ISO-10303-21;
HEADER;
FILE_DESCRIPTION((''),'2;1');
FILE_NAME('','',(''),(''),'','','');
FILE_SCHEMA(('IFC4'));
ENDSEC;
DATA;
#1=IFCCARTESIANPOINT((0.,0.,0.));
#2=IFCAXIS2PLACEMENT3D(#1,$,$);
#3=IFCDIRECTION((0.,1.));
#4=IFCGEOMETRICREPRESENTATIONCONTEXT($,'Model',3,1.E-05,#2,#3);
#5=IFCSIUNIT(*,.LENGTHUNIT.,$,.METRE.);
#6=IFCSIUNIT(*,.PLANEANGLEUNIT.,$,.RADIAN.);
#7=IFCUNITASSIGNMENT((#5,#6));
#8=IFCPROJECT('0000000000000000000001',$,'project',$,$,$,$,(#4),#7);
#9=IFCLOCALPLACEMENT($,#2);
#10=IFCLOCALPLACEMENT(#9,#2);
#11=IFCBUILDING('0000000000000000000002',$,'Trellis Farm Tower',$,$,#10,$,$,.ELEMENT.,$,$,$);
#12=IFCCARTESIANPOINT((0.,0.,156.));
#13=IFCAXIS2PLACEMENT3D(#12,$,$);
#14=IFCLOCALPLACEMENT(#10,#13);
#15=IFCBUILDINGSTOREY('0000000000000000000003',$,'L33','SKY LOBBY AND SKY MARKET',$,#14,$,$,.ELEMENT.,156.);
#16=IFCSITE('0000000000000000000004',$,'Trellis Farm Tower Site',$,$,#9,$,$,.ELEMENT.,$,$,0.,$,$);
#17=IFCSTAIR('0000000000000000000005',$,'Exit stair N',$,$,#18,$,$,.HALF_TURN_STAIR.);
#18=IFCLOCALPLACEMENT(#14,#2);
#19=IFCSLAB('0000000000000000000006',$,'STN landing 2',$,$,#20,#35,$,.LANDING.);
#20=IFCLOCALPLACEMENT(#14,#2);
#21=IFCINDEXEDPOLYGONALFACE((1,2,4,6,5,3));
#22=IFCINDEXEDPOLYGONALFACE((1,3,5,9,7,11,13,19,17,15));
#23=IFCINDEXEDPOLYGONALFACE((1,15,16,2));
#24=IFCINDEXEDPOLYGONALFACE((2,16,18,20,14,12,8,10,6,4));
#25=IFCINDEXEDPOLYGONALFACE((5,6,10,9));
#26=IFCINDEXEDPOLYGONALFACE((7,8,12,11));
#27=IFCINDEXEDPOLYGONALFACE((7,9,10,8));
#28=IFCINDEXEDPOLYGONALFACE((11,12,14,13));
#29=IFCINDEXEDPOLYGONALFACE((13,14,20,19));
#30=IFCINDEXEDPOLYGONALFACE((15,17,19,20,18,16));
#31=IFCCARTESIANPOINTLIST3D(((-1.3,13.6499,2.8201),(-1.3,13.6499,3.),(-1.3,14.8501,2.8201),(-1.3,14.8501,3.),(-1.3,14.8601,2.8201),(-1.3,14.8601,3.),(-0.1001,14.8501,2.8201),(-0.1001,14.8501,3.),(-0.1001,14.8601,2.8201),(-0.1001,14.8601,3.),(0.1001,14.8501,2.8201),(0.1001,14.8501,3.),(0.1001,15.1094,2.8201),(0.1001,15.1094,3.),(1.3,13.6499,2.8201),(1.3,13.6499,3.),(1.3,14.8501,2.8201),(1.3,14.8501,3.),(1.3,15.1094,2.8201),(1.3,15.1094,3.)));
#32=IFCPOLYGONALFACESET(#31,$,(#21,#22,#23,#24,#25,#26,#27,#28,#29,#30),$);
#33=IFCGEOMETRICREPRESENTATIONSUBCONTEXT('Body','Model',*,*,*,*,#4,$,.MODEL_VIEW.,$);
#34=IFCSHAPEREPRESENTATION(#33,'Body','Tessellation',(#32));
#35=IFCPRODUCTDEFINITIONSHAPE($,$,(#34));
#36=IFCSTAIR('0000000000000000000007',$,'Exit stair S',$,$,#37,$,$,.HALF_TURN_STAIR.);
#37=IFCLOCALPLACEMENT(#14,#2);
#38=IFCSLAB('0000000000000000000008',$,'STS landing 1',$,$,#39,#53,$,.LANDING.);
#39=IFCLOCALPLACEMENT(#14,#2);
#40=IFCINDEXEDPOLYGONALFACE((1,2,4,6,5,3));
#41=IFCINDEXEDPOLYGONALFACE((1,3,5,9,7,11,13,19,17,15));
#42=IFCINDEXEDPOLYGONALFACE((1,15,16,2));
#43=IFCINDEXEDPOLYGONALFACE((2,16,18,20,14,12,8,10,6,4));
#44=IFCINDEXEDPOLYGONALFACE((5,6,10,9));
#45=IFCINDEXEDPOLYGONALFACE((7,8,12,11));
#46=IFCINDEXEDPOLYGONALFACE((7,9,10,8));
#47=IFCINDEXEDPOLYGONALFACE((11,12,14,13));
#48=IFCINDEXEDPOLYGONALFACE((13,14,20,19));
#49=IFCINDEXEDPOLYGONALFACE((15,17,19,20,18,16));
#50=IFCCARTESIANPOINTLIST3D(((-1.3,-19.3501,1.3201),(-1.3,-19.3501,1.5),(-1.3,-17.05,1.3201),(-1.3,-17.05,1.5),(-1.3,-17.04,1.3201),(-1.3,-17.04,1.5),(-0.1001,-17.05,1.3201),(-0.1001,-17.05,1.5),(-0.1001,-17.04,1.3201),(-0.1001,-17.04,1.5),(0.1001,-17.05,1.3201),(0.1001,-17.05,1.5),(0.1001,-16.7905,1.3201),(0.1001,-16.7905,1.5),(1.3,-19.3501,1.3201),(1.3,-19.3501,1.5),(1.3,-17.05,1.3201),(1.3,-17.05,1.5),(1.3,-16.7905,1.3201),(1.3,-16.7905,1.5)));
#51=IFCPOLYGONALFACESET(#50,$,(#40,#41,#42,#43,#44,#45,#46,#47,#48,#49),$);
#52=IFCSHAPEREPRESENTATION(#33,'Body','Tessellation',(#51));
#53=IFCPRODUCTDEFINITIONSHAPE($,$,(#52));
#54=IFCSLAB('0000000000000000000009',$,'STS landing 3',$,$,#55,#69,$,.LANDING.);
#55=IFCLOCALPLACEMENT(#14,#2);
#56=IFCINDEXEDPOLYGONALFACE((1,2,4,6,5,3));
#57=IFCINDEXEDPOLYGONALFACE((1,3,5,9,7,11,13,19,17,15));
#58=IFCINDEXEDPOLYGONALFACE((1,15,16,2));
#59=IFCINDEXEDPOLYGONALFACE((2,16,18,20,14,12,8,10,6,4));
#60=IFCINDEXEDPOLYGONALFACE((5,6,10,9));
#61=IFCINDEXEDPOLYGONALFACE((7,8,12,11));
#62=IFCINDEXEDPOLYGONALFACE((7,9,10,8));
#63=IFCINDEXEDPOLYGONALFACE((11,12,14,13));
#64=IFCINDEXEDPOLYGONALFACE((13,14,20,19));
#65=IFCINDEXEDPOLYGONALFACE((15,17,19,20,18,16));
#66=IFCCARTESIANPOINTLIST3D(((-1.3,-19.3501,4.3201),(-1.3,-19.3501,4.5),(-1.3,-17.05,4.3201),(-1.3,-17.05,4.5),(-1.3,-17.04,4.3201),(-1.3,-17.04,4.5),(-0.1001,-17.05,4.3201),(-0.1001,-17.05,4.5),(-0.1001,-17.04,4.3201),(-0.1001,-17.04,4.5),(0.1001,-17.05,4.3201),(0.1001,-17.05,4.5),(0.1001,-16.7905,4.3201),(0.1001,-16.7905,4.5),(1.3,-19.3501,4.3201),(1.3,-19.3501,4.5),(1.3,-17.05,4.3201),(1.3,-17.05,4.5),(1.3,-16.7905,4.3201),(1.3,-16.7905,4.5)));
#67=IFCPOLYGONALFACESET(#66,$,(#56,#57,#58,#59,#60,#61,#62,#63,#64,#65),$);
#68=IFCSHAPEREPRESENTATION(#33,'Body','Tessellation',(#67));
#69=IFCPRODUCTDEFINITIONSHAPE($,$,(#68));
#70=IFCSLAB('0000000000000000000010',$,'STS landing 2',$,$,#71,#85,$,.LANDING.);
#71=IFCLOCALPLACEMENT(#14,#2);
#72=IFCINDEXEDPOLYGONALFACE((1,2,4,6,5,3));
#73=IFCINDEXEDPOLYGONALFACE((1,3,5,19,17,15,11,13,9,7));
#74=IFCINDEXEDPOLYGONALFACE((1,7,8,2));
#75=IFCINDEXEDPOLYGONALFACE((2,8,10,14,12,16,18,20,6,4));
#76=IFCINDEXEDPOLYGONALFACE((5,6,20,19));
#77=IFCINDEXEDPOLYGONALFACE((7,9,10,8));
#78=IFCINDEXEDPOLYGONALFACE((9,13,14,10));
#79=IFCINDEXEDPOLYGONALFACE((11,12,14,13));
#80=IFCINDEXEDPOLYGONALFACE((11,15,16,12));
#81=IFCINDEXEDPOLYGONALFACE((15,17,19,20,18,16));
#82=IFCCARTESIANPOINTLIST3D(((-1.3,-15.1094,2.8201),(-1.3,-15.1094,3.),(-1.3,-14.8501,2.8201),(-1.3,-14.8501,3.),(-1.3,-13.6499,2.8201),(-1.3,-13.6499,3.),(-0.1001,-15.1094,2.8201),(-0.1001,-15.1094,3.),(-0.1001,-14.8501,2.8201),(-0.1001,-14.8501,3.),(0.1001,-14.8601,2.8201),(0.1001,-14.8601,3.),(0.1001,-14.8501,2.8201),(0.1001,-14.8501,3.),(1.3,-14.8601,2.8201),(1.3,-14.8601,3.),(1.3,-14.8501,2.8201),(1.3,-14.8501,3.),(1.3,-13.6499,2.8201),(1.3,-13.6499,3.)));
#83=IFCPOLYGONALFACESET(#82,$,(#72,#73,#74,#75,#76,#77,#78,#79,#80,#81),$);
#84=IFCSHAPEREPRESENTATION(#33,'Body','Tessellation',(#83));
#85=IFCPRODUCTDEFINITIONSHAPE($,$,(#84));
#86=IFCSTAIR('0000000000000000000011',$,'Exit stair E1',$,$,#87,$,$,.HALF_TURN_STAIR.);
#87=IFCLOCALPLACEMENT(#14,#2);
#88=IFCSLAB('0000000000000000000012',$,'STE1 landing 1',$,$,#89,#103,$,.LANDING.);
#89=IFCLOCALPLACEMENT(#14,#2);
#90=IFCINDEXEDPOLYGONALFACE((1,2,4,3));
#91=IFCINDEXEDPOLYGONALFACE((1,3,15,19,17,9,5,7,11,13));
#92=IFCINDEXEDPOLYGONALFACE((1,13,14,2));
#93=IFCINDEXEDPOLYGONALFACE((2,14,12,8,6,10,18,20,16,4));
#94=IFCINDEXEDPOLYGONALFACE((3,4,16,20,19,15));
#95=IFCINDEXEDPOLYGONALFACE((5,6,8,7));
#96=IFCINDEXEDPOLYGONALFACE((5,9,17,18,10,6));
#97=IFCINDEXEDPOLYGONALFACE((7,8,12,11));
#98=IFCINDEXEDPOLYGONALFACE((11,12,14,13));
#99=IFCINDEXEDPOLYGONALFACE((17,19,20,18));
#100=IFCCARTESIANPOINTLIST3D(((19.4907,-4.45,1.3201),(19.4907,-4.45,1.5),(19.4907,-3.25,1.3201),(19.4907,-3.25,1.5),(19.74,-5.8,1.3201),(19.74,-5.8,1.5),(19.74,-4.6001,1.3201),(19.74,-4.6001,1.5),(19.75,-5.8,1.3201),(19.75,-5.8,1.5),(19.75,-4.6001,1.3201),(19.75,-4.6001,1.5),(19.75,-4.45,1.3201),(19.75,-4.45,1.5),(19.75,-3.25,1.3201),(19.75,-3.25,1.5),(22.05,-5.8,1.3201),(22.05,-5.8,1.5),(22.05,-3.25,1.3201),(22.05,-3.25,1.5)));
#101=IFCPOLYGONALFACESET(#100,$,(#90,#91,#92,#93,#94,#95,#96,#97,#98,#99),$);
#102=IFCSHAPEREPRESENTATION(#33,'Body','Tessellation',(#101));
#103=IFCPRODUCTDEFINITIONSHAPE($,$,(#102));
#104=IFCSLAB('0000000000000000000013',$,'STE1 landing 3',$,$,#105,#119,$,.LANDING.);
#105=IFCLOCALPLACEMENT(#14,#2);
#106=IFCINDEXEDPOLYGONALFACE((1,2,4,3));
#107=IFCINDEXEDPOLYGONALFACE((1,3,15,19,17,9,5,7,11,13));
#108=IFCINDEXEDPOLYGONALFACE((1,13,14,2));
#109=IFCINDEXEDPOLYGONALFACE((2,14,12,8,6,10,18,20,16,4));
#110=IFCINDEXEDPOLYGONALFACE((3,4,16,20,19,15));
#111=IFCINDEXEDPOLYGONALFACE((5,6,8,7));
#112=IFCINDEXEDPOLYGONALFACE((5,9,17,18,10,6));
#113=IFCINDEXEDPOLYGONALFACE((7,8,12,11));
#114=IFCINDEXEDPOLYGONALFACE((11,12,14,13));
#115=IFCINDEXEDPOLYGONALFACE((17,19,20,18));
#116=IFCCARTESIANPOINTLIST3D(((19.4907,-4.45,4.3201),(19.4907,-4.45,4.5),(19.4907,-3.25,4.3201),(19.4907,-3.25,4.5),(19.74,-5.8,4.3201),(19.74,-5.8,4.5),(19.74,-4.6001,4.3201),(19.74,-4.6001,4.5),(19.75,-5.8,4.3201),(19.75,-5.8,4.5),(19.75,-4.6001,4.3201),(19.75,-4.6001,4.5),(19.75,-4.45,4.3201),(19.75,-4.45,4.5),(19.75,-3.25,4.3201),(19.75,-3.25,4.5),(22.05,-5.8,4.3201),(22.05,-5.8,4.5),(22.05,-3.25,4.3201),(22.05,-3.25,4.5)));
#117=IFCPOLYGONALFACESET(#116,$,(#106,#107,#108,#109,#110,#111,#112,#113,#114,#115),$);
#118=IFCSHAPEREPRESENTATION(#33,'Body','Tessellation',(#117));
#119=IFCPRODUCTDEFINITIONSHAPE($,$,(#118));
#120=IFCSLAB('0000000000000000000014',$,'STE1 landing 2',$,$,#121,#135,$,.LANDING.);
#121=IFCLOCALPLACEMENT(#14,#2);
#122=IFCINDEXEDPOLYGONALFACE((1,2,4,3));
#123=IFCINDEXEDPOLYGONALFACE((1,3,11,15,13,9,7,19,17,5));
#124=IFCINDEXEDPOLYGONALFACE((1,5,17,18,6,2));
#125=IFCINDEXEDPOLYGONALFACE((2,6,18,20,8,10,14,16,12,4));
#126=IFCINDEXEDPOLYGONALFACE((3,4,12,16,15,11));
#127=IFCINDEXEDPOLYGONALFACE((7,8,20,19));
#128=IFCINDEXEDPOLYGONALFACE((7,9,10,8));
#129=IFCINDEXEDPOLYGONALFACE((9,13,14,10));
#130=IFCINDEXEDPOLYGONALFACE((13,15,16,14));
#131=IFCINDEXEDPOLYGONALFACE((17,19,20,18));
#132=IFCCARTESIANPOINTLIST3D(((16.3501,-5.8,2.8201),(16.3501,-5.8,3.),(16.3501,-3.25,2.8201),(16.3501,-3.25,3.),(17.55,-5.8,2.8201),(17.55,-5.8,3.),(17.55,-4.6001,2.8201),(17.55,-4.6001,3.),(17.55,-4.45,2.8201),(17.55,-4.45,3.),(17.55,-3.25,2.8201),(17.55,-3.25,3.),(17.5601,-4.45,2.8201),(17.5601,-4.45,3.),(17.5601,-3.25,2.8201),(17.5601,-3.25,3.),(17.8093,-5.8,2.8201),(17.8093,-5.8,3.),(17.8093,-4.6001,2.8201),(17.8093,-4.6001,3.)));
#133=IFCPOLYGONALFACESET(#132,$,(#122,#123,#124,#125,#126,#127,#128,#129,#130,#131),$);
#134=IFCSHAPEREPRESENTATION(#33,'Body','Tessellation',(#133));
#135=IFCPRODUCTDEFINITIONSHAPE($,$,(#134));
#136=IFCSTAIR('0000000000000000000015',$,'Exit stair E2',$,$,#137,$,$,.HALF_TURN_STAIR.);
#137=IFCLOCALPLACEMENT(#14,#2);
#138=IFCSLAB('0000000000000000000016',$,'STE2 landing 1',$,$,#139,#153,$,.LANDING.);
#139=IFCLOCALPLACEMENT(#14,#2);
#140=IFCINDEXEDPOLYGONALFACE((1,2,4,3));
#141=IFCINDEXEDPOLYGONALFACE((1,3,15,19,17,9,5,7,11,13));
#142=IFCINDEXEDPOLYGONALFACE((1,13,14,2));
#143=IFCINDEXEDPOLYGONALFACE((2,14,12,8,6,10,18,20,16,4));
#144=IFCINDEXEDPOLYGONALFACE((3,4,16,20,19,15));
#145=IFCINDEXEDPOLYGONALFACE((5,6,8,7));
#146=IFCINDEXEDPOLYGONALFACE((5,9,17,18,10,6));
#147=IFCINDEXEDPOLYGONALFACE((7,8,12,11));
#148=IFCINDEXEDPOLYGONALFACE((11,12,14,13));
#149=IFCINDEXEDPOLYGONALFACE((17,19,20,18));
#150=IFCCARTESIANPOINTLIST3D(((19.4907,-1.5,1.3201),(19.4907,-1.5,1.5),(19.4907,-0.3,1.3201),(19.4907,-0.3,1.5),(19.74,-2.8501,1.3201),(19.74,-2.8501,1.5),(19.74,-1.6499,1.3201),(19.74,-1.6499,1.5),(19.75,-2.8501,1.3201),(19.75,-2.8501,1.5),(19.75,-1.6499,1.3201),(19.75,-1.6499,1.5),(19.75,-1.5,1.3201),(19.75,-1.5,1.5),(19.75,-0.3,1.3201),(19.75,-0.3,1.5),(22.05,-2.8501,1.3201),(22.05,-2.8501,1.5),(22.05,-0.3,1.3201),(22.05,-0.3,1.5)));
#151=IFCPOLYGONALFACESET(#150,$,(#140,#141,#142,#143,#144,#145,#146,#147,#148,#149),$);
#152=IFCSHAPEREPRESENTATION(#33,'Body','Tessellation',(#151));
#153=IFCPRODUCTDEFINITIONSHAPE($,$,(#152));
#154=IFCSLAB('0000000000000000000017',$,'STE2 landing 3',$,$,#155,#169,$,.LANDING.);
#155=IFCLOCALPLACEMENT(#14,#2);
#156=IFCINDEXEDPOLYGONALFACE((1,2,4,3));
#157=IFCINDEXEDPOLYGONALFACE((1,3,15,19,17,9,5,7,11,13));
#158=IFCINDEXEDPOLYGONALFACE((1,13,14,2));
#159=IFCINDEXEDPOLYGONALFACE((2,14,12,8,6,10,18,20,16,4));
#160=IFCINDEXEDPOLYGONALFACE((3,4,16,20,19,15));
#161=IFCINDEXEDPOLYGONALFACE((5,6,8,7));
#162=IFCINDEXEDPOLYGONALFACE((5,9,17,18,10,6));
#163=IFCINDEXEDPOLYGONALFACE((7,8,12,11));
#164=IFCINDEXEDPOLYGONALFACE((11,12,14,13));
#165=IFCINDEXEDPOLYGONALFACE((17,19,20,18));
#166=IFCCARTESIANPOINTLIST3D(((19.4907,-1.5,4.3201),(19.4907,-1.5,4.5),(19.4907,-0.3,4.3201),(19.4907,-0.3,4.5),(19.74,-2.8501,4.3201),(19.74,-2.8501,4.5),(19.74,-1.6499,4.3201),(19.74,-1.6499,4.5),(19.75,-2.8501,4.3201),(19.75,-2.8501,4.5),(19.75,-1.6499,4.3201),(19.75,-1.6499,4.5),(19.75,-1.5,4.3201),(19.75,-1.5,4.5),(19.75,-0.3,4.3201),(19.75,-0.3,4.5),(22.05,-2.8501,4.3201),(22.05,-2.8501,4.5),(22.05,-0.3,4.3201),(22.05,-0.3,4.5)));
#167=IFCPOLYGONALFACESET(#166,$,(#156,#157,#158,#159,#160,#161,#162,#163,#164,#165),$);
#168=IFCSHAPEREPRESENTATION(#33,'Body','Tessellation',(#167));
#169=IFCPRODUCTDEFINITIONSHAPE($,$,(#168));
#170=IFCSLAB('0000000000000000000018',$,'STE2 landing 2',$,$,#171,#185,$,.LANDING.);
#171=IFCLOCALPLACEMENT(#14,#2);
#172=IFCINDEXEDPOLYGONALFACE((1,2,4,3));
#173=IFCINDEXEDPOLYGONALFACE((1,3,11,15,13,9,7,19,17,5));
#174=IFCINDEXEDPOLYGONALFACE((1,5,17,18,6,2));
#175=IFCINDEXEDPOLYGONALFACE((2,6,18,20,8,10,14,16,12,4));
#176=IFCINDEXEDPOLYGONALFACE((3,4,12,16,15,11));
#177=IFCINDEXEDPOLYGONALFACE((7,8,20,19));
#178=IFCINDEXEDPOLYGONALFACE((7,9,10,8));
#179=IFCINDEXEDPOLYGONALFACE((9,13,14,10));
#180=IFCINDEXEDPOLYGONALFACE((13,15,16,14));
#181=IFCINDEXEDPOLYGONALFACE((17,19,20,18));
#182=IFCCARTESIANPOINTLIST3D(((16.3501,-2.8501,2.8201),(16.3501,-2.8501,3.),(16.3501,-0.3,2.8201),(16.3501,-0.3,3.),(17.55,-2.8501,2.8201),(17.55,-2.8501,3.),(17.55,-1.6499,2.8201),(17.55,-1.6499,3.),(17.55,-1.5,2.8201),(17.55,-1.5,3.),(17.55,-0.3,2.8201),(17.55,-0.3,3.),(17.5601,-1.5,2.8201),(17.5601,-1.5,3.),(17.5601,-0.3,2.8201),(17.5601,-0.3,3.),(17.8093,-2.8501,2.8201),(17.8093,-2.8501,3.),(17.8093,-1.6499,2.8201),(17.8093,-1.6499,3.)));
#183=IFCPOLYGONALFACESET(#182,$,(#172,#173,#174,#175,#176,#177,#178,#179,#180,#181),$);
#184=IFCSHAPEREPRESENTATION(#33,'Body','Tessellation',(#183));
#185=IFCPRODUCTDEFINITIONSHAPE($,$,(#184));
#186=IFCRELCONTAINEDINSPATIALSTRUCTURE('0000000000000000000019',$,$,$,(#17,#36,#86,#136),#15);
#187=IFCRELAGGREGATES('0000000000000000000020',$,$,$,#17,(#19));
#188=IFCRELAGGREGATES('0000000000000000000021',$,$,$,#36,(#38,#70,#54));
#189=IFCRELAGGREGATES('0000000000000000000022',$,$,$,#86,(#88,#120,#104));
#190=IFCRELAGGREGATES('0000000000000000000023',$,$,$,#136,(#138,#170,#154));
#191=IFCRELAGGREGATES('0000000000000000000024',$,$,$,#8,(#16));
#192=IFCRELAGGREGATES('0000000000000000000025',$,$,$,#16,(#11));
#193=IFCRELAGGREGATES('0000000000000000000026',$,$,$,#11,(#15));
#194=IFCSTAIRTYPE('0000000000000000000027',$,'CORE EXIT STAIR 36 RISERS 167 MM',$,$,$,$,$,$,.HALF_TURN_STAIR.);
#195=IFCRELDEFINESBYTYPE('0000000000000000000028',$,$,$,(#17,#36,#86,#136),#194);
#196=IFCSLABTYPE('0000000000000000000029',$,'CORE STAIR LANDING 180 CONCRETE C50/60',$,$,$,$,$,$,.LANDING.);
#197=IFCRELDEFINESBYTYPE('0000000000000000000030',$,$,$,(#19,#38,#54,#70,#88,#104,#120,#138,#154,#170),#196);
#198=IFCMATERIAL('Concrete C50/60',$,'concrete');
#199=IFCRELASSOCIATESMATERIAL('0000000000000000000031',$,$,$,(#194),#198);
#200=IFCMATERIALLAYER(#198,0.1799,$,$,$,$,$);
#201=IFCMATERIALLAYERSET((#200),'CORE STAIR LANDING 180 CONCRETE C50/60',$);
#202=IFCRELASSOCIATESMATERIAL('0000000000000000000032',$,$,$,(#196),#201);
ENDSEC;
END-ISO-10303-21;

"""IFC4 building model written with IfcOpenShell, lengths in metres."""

from ifc_helpers import new_model, si_unit, direction, frame, origin, place, context, subcontext, project, spatial, polyline, outline, extrude, source, transform, mapped, material, layer, layer_set, type_object, element, aggregate, save


model = new_model("IFC4")

# Units and contexts
model_context = context("Model", 3, precision=1e-05, world=origin(), true_north=direction((0.0, 1.0)))
body_context = subcontext(model_context, "Body", "Model", "MODEL_VIEW")
ifc_project = project(units=[si_unit("LENGTHUNIT", "METRE"), si_unit("PLANEANGLEUNIT", "RADIAN")], contexts=[model_context])

# Site, building, storey
site_placement = place(None, origin())
site = spatial("IfcSite", under=ifc_project, at=site_placement, Name="Trellis Farm Tower Site", CompositionType="ELEMENT", RefElevation=0.0)
building_placement = place(site_placement, origin())
building = spatial("IfcBuilding", under=site, at=building_placement, Name="Trellis Farm Tower", CompositionType="ELEMENT")
storey_placement = place(building_placement, frame((0.0, 0.0, 156.0)))
storey = spatial("IfcBuildingStorey", under=building, at=storey_placement, Name="L33", Description="SKY LOBBY AND SKY MARKET", CompositionType="ELEMENT", Elevation=156.0)

# Stairs, slabs
ifc_material_1 = material(Name="Concrete C50/60", Category="concrete")
stair_type = type_object("IfcStairType", Name="CORE EXIT STAIR 36 RISERS 167 MM", PredefinedType="HALF_TURN_STAIR", material=ifc_material_1)
placement_1 = place(storey_placement, origin())
stair_1 = element("IfcStair", 1, at=placement_1, inside=storey, type_object=stair_type, Name="Exit stair N", PredefinedType="HALF_TURN_STAIR")
ifc_layer_1 = layer(ifc_material_1, 0.1799)
ifc_layer_set_1 = layer_set([ifc_layer_1], Name="CORE STAIR LANDING 180 CONCRETE C50/60")
slab_type_1 = type_object("IfcSlabType", Name="CORE STAIR LANDING 180 CONCRETE C50/60", PredefinedType="LANDING", material=ifc_layer_set_1)
placement_2 = place(storey_placement, frame((0.0, 0.0, 1.3201)))
placement_3 = place(storey_placement, frame((0.0, 0.0, 4.3201)))
shared_shape_1 = source(origin(), body_context, "Body", "SweptSolid", [
    extrude(outline(polyline([(1.3, 13.6499), (-1.3, 13.6499), (-1.3, 14.8501), (-1.3, 14.8601), (-0.1001, 14.8601), (-0.1001, 14.8501), (0.1001, 14.8501), (0.1001, 15.1094), (1.3, 15.1094), (1.3, 14.8501), (1.3, 13.6499)])), origin(), (0.0, 0.0, 1.0), 0.1799),
])
placement_4 = place(storey_placement, frame((0.0, 0.0, 2.8201)))
slab_1 = element("IfcSlab", 2, at=placement_4, type_object=slab_type_1, Name="STN landing 2", PredefinedType="LANDING", context=body_context, shape_type="MappedRepresentation", body=[
    mapped(shared_shape_1, transform((0.0, 0.0, 0.0))),
])
aggregate(stair_1, [slab_1])
stair_2 = element("IfcStair", 3, at=placement_1, inside=storey, type_object=stair_type, Name="Exit stair S", PredefinedType="HALF_TURN_STAIR")
shared_shape_2 = source(origin(), body_context, "Body", "SweptSolid", [
    extrude(outline(polyline([(1.3, -19.3501), (-1.3, -19.3501), (-1.3, -17.05), (-1.3, -17.04), (-0.1001, -17.04), (-0.1001, -17.05), (0.1001, -17.05), (0.1001, -16.7905), (1.3, -16.7905), (1.3, -17.05), (1.3, -19.3501)])), origin(), (0.0, 0.0, 1.0), 0.1799),
])
slab_2 = element("IfcSlab", 4, at=placement_2, type_object=slab_type_1, Name="STS landing 1", PredefinedType="LANDING", context=body_context, shape_type="MappedRepresentation", body=[
    mapped(shared_shape_2, transform((0.0, 0.0, 0.0))),
])
slab_3 = element("IfcSlab", 5, at=placement_3, type_object=slab_type_1, Name="STS landing 3", PredefinedType="LANDING", context=body_context, shape_type="MappedRepresentation", body=[
    mapped(shared_shape_2, transform((0.0, 0.0, 0.0))),
])
shared_shape_3 = source(origin(), body_context, "Body", "SweptSolid", [
    extrude(outline(polyline([(-0.1001, -15.1094), (-1.3, -15.1094), (-1.3, -14.8501), (-1.3, -13.6499), (1.3, -13.6499), (1.3, -14.8501), (1.3, -14.8601), (0.1001, -14.8601), (0.1001, -14.8501), (-0.1001, -14.8501), (-0.1001, -15.1094)])), origin(), (0.0, 0.0, 1.0), 0.1799),
])
slab_4 = element("IfcSlab", 6, at=placement_4, type_object=slab_type_1, Name="STS landing 2", PredefinedType="LANDING", context=body_context, shape_type="MappedRepresentation", body=[
    mapped(shared_shape_3, transform((0.0, 0.0, 0.0))),
])
aggregate(stair_2, [slab_2, slab_4, slab_3])
stair_3 = element("IfcStair", 7, at=placement_1, inside=storey, type_object=stair_type, Name="Exit stair E1", PredefinedType="HALF_TURN_STAIR")
shared_shape_4 = source(origin(), body_context, "Body", "SweptSolid", [
    extrude(outline(polyline([(19.74, -5.8), (19.74, -4.6001), (19.75, -4.6001), (19.75, -4.45), (19.4907, -4.45), (19.4907, -3.25), (19.75, -3.25), (22.05, -3.25), (22.05, -5.8), (19.75, -5.8), (19.74, -5.8)])), origin(), (0.0, 0.0, 1.0), 0.1799),
])
slab_5 = element("IfcSlab", 8, at=placement_2, type_object=slab_type_1, Name="STE1 landing 1", PredefinedType="LANDING", context=body_context, shape_type="MappedRepresentation", body=[
    mapped(shared_shape_4, transform((0.0, 0.0, 0.0))),
])
slab_6 = element("IfcSlab", 9, at=placement_3, type_object=slab_type_1, Name="STE1 landing 3", PredefinedType="LANDING", context=body_context, shape_type="MappedRepresentation", body=[
    mapped(shared_shape_4, transform((0.0, 0.0, 0.0))),
])
shared_shape_5 = source(origin(), body_context, "Body", "SweptSolid", [
    extrude(outline(polyline([(17.8093, -4.6001), (17.8093, -5.8), (17.55, -5.8), (16.3501, -5.8), (16.3501, -3.25), (17.55, -3.25), (17.5601, -3.25), (17.5601, -4.45), (17.55, -4.45), (17.55, -4.6001), (17.8093, -4.6001)])), origin(), (0.0, 0.0, 1.0), 0.1799),
])
slab_7 = element("IfcSlab", 10, at=placement_4, type_object=slab_type_1, Name="STE1 landing 2", PredefinedType="LANDING", context=body_context, shape_type="MappedRepresentation", body=[
    mapped(shared_shape_5, transform((0.0, 0.0, 0.0))),
])
aggregate(stair_3, [slab_5, slab_7, slab_6])
stair_4 = element("IfcStair", 11, at=placement_1, inside=storey, type_object=stair_type, Name="Exit stair E2", PredefinedType="HALF_TURN_STAIR")
shared_shape_6 = source(origin(), body_context, "Body", "SweptSolid", [
    extrude(outline(polyline([(19.74, -2.8501), (19.74, -1.6499), (19.75, -1.6499), (19.75, -1.5), (19.4907, -1.5), (19.4907, -0.3), (19.75, -0.3), (22.05, -0.3), (22.05, -2.8501), (19.75, -2.8501), (19.74, -2.8501)])), origin(), (0.0, 0.0, 1.0), 0.1799),
])
slab_8 = element("IfcSlab", 12, at=placement_2, type_object=slab_type_1, Name="STE2 landing 1", PredefinedType="LANDING", context=body_context, shape_type="MappedRepresentation", body=[
    mapped(shared_shape_6, transform((0.0, 0.0, 0.0))),
])
slab_9 = element("IfcSlab", 13, at=placement_3, type_object=slab_type_1, Name="STE2 landing 3", PredefinedType="LANDING", context=body_context, shape_type="MappedRepresentation", body=[
    mapped(shared_shape_6, transform((0.0, 0.0, 0.0))),
])
shared_shape_7 = source(origin(), body_context, "Body", "SweptSolid", [
    extrude(outline(polyline([(17.8093, -1.6499), (17.8093, -2.8501), (17.55, -2.8501), (16.3501, -2.8501), (16.3501, -0.3), (17.55, -0.3), (17.5601, -0.3), (17.5601, -1.5), (17.55, -1.5), (17.55, -1.6499), (17.8093, -1.6499)])), origin(), (0.0, 0.0, 1.0), 0.1799),
])
slab_10 = element("IfcSlab", 14, at=placement_4, type_object=slab_type_1, Name="STE2 landing 2", PredefinedType="LANDING", context=body_context, shape_type="MappedRepresentation", body=[
    mapped(shared_shape_7, transform((0.0, 0.0, 0.0))),
])
aggregate(stair_4, [slab_8, slab_10, slab_9])

save(model, "model.ifc")
